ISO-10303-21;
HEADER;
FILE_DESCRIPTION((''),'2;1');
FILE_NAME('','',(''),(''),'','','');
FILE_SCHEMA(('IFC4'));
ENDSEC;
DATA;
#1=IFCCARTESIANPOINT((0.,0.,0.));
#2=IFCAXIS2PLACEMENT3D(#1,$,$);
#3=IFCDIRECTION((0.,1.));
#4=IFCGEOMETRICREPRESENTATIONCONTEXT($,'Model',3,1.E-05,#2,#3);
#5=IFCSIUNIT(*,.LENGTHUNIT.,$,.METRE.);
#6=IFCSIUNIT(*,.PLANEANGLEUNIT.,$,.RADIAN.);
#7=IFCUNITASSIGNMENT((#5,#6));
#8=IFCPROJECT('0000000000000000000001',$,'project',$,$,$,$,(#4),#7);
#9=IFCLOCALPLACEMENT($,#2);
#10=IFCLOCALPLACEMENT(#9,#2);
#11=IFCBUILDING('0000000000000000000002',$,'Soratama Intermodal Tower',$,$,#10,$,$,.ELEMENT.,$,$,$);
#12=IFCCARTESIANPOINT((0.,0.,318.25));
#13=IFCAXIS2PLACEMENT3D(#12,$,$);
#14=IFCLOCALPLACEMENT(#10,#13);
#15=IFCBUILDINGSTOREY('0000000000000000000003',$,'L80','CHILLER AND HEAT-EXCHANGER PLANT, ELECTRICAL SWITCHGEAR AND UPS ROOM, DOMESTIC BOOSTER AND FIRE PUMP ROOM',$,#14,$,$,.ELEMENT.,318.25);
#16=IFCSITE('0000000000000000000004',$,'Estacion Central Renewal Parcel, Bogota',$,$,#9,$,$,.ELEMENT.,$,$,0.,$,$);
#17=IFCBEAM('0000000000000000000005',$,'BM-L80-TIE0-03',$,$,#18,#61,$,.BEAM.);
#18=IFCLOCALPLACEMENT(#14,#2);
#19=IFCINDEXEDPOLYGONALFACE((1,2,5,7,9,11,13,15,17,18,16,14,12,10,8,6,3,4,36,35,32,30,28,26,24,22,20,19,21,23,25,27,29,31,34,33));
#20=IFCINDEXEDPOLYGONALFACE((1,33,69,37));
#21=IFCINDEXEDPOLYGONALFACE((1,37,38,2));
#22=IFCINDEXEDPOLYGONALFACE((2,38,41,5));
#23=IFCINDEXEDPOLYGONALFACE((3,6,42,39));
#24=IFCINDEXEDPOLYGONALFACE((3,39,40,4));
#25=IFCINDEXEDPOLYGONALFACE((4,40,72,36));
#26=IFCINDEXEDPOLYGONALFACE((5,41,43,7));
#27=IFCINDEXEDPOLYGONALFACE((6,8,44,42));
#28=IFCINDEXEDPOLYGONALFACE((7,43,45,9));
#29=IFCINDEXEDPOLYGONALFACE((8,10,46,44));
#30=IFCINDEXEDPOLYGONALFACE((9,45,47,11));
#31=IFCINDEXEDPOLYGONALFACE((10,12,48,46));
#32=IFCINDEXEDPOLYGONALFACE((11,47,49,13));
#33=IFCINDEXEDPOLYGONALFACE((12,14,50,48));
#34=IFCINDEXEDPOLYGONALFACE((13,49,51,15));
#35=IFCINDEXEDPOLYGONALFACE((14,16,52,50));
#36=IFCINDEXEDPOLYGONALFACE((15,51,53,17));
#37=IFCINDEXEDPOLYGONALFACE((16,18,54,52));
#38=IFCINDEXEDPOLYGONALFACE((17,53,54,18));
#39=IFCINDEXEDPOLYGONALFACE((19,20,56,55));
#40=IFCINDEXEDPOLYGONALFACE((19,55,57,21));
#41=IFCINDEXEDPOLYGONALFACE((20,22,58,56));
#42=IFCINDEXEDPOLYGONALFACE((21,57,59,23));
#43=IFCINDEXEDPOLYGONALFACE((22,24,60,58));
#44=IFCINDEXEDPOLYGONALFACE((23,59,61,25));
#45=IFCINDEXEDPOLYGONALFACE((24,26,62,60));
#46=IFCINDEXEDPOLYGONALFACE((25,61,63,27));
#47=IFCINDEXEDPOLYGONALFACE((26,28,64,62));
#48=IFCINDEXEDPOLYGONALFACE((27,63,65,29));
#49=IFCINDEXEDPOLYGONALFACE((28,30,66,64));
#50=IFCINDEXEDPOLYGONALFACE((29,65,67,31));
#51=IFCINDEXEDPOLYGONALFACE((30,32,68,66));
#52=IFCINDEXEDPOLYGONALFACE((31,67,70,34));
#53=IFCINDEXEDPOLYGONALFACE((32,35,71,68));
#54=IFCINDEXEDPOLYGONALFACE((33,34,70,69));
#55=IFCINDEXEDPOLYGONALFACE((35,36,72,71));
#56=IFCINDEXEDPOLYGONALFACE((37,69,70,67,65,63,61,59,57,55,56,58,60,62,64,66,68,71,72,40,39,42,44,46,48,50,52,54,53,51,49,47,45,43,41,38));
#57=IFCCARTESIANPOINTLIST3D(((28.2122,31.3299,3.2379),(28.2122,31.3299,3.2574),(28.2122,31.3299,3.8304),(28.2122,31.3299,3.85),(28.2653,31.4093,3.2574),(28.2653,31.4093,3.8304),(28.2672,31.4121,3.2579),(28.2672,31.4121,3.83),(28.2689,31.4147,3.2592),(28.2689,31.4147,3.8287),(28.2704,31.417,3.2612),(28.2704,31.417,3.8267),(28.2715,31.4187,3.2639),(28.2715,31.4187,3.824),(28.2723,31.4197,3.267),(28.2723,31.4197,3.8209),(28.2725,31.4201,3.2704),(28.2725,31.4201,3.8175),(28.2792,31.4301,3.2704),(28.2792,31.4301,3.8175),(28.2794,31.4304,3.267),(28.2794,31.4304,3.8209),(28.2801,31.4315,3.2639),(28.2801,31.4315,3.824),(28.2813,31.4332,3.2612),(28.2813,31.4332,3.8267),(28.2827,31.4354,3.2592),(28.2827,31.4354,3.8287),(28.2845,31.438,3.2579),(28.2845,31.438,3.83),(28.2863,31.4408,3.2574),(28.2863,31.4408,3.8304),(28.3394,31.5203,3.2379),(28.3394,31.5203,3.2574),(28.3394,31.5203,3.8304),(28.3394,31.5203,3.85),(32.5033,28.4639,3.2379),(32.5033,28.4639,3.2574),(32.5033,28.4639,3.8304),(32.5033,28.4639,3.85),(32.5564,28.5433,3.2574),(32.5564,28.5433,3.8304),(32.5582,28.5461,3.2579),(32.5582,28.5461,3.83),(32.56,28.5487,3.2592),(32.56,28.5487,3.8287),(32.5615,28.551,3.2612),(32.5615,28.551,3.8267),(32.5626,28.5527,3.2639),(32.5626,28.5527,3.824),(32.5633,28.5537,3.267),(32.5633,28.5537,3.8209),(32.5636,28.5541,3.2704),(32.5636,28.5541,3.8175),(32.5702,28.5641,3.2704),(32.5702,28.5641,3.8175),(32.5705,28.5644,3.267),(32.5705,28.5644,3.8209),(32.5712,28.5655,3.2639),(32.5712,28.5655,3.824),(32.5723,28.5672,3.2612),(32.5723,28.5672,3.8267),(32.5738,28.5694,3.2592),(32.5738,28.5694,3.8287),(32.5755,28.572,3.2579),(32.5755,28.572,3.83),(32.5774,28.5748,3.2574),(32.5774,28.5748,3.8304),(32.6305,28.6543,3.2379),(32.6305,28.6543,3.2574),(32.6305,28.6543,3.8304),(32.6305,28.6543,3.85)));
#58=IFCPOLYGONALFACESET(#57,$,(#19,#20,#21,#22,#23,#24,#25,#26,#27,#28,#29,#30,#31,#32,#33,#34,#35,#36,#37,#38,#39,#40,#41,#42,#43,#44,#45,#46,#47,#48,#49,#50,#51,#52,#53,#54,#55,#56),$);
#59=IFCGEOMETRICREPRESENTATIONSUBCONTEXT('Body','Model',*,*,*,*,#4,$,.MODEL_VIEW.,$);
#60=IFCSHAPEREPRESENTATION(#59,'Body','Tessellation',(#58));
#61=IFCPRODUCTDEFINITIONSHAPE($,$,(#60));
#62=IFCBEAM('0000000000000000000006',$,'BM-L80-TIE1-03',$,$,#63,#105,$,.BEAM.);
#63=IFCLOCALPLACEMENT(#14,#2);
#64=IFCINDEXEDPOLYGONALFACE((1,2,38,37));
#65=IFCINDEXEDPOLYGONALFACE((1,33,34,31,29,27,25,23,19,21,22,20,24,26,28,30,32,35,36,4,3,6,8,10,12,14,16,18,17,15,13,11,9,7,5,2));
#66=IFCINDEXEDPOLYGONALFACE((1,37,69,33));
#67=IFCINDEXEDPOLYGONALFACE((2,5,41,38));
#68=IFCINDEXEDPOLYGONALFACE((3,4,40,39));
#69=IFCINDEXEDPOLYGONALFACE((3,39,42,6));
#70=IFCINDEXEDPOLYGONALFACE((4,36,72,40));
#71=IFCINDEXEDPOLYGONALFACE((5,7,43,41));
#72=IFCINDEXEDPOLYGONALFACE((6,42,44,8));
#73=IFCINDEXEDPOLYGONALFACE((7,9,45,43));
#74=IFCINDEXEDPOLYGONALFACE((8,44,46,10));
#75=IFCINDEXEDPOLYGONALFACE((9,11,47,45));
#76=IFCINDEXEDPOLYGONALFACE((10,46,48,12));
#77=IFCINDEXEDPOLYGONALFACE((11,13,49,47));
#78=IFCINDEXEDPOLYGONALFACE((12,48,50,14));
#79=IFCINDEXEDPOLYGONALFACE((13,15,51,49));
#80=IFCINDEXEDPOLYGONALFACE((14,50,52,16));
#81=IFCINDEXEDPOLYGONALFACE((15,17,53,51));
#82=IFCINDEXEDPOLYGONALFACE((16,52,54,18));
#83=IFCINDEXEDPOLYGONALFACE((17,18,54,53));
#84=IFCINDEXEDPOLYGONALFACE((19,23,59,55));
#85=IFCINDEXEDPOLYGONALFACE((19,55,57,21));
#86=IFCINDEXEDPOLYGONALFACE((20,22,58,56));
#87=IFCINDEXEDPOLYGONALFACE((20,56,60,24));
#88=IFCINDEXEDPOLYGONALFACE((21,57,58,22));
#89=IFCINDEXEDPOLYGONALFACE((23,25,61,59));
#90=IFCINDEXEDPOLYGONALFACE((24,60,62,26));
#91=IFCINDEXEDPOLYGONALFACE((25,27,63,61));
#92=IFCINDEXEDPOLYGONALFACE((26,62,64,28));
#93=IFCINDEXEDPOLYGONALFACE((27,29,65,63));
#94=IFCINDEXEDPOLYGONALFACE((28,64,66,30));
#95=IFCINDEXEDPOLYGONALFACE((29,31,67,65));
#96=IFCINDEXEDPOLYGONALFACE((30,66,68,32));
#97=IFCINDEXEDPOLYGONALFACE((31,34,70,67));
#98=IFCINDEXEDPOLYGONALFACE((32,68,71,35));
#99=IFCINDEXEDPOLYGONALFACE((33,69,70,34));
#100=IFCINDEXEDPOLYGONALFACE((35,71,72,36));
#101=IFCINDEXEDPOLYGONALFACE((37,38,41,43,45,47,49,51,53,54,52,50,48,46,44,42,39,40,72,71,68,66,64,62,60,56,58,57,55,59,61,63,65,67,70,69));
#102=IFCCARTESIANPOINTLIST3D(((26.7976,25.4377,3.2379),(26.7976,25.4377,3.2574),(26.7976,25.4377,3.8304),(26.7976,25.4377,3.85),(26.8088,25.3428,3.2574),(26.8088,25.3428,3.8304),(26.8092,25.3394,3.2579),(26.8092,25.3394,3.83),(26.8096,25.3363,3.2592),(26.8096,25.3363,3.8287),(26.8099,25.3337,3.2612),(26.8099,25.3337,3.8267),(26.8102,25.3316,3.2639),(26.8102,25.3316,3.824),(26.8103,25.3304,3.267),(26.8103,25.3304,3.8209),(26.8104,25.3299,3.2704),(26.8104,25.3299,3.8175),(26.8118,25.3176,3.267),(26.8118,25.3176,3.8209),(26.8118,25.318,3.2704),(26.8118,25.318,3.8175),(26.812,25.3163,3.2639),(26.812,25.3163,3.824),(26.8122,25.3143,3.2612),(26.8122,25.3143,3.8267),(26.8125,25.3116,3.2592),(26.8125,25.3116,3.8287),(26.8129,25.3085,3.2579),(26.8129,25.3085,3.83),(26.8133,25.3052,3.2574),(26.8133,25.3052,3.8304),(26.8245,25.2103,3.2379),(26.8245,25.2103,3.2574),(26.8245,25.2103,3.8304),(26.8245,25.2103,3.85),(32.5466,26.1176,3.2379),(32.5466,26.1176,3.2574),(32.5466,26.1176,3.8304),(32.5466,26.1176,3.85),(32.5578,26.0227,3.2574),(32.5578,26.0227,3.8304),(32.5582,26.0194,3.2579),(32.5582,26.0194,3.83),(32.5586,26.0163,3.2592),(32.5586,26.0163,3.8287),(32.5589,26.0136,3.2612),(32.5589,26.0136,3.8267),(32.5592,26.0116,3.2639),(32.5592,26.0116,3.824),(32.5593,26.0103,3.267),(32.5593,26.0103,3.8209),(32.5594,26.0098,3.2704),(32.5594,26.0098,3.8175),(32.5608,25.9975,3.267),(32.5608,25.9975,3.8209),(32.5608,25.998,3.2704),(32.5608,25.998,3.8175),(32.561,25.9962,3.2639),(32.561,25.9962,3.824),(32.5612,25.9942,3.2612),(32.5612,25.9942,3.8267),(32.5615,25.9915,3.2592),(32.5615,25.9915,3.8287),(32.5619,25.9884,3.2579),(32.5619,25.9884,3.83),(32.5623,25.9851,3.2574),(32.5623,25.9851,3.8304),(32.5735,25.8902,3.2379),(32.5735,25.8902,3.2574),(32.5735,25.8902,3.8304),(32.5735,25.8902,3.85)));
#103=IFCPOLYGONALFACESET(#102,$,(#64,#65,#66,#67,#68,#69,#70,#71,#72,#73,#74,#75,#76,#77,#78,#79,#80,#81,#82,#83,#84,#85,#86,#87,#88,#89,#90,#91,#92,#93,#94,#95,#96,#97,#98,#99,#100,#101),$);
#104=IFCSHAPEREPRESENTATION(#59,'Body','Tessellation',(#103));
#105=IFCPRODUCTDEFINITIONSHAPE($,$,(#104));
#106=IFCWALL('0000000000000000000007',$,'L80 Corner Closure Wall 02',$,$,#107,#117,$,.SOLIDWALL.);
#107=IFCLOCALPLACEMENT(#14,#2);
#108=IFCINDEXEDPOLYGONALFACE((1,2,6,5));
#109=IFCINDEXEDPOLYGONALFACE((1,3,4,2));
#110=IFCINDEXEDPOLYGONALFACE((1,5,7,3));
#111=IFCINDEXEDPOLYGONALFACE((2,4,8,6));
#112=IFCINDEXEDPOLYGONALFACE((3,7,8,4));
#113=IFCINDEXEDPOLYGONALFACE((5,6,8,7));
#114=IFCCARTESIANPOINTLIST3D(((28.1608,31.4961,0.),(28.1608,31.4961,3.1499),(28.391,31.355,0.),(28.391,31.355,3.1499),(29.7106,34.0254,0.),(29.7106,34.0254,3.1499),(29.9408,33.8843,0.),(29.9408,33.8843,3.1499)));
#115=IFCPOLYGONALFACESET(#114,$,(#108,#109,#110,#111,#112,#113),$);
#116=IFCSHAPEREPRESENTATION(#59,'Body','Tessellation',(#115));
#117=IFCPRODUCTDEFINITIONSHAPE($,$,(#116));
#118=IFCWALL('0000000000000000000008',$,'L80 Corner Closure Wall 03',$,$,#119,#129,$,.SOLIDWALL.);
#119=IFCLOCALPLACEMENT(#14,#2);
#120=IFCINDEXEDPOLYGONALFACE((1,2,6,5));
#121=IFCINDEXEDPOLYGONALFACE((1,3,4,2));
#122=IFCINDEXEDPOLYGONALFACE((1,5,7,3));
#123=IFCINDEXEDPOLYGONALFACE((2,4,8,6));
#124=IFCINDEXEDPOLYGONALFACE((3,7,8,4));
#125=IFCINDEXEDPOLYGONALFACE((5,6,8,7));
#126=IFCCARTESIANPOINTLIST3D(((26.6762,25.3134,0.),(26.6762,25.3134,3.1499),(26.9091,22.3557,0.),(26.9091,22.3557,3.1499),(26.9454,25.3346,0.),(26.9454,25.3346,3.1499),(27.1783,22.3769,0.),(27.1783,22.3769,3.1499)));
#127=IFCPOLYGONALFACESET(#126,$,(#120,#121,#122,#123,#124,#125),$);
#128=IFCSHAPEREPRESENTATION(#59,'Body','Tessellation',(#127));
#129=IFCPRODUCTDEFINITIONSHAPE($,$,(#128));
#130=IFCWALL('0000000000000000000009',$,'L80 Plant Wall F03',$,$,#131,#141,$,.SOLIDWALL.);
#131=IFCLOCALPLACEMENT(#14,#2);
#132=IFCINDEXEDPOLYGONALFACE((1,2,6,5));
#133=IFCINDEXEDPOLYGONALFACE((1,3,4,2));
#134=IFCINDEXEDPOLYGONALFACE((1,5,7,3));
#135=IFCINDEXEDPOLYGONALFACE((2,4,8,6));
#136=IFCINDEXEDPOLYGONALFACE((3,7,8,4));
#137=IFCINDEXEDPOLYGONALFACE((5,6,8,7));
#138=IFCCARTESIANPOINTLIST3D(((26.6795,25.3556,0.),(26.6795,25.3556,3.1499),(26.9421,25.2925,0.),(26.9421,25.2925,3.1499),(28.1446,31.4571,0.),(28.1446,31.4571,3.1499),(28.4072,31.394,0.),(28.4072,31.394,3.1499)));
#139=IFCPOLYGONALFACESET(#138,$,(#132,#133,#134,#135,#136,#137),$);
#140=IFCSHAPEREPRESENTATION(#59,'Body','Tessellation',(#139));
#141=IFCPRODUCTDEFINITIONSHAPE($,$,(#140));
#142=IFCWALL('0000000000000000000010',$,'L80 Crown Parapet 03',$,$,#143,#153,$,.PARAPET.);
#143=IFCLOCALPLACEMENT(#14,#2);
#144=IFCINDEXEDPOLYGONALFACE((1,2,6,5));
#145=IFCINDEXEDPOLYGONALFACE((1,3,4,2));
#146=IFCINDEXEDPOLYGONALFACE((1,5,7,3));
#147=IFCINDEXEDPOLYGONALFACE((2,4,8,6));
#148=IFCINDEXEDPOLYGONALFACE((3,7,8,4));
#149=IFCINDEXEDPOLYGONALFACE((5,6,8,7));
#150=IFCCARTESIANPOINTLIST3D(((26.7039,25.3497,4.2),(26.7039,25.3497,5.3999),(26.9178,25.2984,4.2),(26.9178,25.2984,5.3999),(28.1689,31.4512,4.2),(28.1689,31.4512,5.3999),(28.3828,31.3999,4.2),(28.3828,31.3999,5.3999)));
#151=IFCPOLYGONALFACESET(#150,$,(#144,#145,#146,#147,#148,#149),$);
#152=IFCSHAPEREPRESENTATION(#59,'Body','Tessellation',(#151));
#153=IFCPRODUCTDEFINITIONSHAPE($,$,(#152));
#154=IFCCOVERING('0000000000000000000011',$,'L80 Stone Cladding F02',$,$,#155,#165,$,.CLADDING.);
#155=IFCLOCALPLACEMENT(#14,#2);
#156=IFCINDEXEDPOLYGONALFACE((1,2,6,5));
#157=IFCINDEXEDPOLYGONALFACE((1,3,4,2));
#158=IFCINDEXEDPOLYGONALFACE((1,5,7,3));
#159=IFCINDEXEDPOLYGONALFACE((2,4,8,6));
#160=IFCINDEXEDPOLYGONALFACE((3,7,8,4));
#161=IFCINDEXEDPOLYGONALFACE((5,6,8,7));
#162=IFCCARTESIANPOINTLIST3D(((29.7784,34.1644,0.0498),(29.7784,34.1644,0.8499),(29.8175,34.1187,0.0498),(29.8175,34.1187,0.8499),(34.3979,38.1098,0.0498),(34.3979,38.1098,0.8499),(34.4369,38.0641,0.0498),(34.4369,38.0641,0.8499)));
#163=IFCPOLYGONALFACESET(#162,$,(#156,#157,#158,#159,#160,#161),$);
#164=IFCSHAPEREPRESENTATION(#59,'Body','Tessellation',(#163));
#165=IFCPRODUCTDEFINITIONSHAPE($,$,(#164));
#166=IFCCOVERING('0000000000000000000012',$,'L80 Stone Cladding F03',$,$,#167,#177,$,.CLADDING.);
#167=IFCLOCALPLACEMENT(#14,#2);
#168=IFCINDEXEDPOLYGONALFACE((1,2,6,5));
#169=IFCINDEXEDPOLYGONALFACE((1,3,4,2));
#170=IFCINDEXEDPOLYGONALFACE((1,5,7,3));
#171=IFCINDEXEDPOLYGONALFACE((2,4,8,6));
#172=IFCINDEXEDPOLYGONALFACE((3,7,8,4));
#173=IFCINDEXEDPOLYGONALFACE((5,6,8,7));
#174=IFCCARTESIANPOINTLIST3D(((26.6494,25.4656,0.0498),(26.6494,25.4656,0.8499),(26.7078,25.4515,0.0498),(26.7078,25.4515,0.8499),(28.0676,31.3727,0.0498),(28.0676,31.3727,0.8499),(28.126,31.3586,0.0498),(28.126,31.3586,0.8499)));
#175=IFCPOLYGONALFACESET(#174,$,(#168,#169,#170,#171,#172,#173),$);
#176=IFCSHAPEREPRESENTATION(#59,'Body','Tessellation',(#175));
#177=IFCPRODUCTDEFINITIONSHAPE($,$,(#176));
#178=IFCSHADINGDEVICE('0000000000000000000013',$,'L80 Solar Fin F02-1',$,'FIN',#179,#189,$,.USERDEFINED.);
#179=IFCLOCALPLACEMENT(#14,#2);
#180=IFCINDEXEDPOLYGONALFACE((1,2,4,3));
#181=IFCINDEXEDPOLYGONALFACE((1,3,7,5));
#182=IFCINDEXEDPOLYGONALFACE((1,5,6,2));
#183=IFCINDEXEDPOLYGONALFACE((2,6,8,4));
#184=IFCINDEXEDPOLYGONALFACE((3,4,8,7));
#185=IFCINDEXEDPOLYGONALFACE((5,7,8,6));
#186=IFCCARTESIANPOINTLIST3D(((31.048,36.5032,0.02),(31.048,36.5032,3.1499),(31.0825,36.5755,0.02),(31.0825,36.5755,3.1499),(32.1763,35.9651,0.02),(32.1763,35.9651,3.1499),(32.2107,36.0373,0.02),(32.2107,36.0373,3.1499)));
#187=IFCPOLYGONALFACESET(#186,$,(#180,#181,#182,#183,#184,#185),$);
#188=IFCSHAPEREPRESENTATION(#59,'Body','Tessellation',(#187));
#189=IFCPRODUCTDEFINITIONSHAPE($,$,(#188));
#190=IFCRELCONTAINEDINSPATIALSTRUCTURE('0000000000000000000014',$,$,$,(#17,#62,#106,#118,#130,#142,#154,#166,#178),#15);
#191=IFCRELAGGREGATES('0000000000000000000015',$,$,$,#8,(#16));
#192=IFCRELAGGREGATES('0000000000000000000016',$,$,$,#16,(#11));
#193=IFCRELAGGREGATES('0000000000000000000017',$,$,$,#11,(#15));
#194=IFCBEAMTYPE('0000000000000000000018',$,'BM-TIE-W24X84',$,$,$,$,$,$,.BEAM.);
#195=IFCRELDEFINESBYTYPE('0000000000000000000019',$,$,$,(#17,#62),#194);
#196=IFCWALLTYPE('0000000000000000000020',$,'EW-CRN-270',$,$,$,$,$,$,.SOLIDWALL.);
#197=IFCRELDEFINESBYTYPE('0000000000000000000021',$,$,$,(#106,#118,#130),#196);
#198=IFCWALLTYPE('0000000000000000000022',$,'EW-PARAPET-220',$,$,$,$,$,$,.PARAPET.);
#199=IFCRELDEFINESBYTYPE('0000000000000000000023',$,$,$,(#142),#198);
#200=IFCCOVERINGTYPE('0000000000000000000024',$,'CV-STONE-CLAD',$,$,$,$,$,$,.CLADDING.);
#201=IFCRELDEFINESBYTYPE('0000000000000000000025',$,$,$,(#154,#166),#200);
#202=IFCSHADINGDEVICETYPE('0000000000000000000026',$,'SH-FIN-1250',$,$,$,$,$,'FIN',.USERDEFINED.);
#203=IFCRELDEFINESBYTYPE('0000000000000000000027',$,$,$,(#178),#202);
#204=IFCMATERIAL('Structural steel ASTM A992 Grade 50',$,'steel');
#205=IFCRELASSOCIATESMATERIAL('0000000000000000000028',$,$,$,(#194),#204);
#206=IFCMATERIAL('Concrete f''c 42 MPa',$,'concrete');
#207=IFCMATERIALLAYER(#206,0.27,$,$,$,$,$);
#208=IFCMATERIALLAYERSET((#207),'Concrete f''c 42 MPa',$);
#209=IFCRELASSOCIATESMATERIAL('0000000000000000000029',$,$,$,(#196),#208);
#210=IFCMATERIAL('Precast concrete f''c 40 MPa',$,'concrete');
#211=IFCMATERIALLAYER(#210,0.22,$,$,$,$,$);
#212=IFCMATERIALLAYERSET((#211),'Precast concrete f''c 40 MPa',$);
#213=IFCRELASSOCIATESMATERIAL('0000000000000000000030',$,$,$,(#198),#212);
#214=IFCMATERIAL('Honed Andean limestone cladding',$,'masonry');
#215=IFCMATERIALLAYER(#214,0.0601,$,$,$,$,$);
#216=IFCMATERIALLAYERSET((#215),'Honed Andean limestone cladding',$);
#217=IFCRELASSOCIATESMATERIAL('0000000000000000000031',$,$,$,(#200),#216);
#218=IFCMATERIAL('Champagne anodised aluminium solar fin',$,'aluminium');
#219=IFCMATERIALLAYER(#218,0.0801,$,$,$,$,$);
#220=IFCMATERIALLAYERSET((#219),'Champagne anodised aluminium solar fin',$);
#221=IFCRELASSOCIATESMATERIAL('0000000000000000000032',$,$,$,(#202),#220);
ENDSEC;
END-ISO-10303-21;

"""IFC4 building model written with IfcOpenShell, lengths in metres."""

from ifc_helpers import new_model, si_unit, direction, frame, frame_2d, origin, origin_2d, place, context, subcontext, project, spatial, rectangle, i_section, extrude, material, layer, layer_set, material_profile, profile_set, type_object, element, save


model = new_model("IFC4")

# Units and contexts
model_context = context("Model", 3, precision=1e-05, world=origin(), true_north=direction((0.0, 1.0)))
body_context = subcontext(model_context, "Body", "Model", "MODEL_VIEW")
ifc_project = project(units=[si_unit("LENGTHUNIT", "METRE"), si_unit("PLANEANGLEUNIT", "RADIAN")], contexts=[model_context])

# Site, building, storey
site_placement = place(None, origin())
site = spatial("IfcSite", under=ifc_project, at=site_placement, Name="Estacion Central Renewal Parcel, Bogota", CompositionType="ELEMENT", RefElevation=0.0)
building_placement = place(site_placement, origin())
building = spatial("IfcBuilding", under=site, at=building_placement, Name="Soratama Intermodal Tower", CompositionType="ELEMENT")
storey_placement = place(building_placement, frame((0.0, 0.0, 318.25)))
storey = spatial("IfcBuildingStorey", under=building, at=storey_placement, Name="L80", Description="CHILLER AND HEAT-EXCHANGER PLANT, ELECTRICAL SWITCHGEAR AND UPS ROOM, DOMESTIC BOOSTER AND FIRE PUMP ROOM", CompositionType="ELEMENT", Elevation=318.25)

# Beams
ifc_material_1 = material(Name="Structural steel ASTM A992 Grade 50", Category="steel")
ifc_material_profile_1 = material_profile(ifc_material_1, i_section(OverallWidth=0.229, OverallDepth=0.6121, WebThickness=0.012, FlangeThickness=0.0195, FilletRadius=0.0129, at=origin_2d()), Name="W24X84")
ifc_profile_set_1 = profile_set([ifc_material_profile_1], Name="Structural steel ASTM A992 Grade 50")
beam_type_1 = type_object("IfcBeamType", Name="BM-TIE-W24X84", PredefinedType="BEAM", material=ifc_profile_set_1)
beam_1_placement = place(storey_placement, frame((32.5669, 28.5591, 3.5439), z_axis=(-0.831577, 0.55541, 0.0), x_axis=(-0.55541, -0.831577, 0.0)))
element("IfcBeam", 1, at=beam_1_placement, inside=storey, type_object=beam_type_1, Name="BM-L80-TIE0-03", PredefinedType="BEAM", context=body_context, shape_type="SweptSolid", body=[
    extrude(i_section(OverallWidth=0.229, OverallDepth=0.6121, WebThickness=0.012, FlangeThickness=0.0195, FilletRadius=0.0129, at=origin_2d()), origin(), (0.0, 0.0, 1.0), 5.1602),
])
beam_2_placement = place(storey_placement, frame((32.5601, 26.0039, 3.5439), z_axis=(-0.993079, -0.11745, 0.0), x_axis=(0.11745, -0.993079, 0.0)))
element("IfcBeam", 2, at=beam_2_placement, inside=storey, type_object=beam_type_1, Name="BM-L80-TIE1-03", PredefinedType="BEAM", context=body_context, shape_type="SweptSolid", body=[
    extrude(i_section(OverallWidth=0.229, OverallDepth=0.6121, WebThickness=0.012, FlangeThickness=0.0195, FilletRadius=0.0129, at=origin_2d()), origin(), (0.0, 0.0, 1.0), 5.7891),
])

# Walls
ifc_material_2 = material(Name="Concrete f'c 42 MPa", Category="concrete")
ifc_layer_1 = layer(ifc_material_2, 0.27)
ifc_layer_set_1 = layer_set([ifc_layer_1], Name="Concrete f'c 42 MPa")
wall_type_1 = type_object("IfcWallType", Name="EW-CRN-270", PredefinedType="SOLIDWALL", material=ifc_layer_set_1)
wall_1_placement = place(storey_placement, frame((29.8257, 33.9548, 0.0), z_axis=(0.0, 0.0, 1.0), x_axis=(-0.522462, -0.852663, 0.0)))
element("IfcWall", 3, at=wall_1_placement, inside=storey, type_object=wall_type_1, Name="L80 Corner Closure Wall 02", PredefinedType="SOLIDWALL", context=body_context, shape_type="SweptSolid", body=[
    extrude(rectangle(XDim=2.9663, YDim=0.27, at=frame_2d((1.4832, 0.0))), origin(), (0.0, 0.0, 1.0), 3.1499),
])
wall_2_placement = place(storey_placement, frame((26.8108, 25.324, 0.0), z_axis=(0.0, 0.0, 1.0), x_axis=(0.078509, -0.996913, 0.0)))
element("IfcWall", 4, at=wall_2_placement, inside=storey, type_object=wall_type_1, Name="L80 Corner Closure Wall 03", PredefinedType="SOLIDWALL", context=body_context, shape_type="SweptSolid", body=[
    extrude(rectangle(XDim=2.9668, YDim=0.27, at=frame_2d((1.4834, 0.0))), origin(), (0.0, 0.0, 1.0), 3.1499),
])
wall_3_placement = place(storey_placement, frame((28.2759, 31.4255, 0.0), z_axis=(0.0, 0.0, 1.0), x_axis=(-0.23348, -0.972362, 0.0)))
element("IfcWall", 5, at=wall_3_placement, inside=storey, type_object=wall_type_1, Name="L80 Plant Wall F03", PredefinedType="SOLIDWALL", context=body_context, shape_type="SweptSolid", body=[
    extrude(rectangle(XDim=6.2749, YDim=0.27, at=frame_2d((3.1375, 0.0))), origin(), (0.0, 0.0, 1.0), 3.1499),
])
ifc_material_3 = material(Name="Precast concrete f'c 40 MPa", Category="concrete")
ifc_layer_2 = layer(ifc_material_3, 0.22)
ifc_layer_set_2 = layer_set([ifc_layer_2], Name="Precast concrete f'c 40 MPa")
wall_type_2 = type_object("IfcWallType", Name="EW-PARAPET-220", PredefinedType="PARAPET", material=ifc_layer_set_2)
wall_4_placement = place(storey_placement, frame((28.2759, 31.4255, 4.2), z_axis=(0.0, 0.0, 1.0), x_axis=(-0.23348, -0.972362, 0.0)))
element("IfcWall", 6, at=wall_4_placement, inside=storey, type_object=wall_type_2, Name="L80 Crown Parapet 03", PredefinedType="PARAPET", context=body_context, shape_type="SweptSolid", body=[
    extrude(rectangle(XDim=6.2749, YDim=0.22, at=frame_2d((3.1375, 0.0))), origin(), (0.0, 0.0, 1.0), 1.2),
])

# Coverings
ifc_material_4 = material(Name="Honed Andean limestone cladding", Category="masonry")
ifc_layer_3 = layer(ifc_material_4, 0.0601)
ifc_layer_set_3 = layer_set([ifc_layer_3], Name="Honed Andean limestone cladding")
covering_type = type_object("IfcCoveringType", Name="CV-STONE-CLAD", PredefinedType="CLADDING", material=ifc_layer_set_3)
for number, where, z_axis, x_axis, name in (
    (7, (32.1077, 36.1143, 0.0498), (0.0, 0.0, 1.0), (-0.760406, -0.649448, 0.0), "L80 Stone Cladding F02"),
    (8, (27.3877, 28.4121, 0.0498), (0.0, 0.0, 1.0), (-0.233445, -0.97237, 0.0), "L80 Stone Cladding F03"),
):
    element("IfcCovering", number, at=place(storey_placement, frame(where, z_axis=z_axis, x_axis=x_axis)), inside=storey, type_object=covering_type, Name=name, PredefinedType="CLADDING", context=body_context, shape_type="SweptSolid", body=[
        extrude(rectangle(XDim=6.075, YDim=0.0601, at=origin_2d()), origin(), (0.0, 0.0, 1.0), 0.8),
    ])

# Shading device
ifc_material_5 = material(Name="Champagne anodised aluminium solar fin", Category="aluminium")
ifc_layer_4 = layer(ifc_material_5, 0.0801)
ifc_layer_set_4 = layer_set([ifc_layer_4], Name="Champagne anodised aluminium solar fin")
shading_device_type_1 = type_object("IfcShadingDeviceType", Name="SH-FIN-1250", ElementType="FIN", PredefinedType="USERDEFINED", material=ifc_layer_set_4)
for number, where, z_axis, x_axis, name in (
    (9, (31.6294, 36.2703, 0.02), (0.0, 0.0, 1.0), (-0.902585, 0.430511, 0.0), "L80 Solar Fin F02-1"),
):
    element("IfcShadingDevice", number, at=place(storey_placement, frame(where, z_axis=z_axis, x_axis=x_axis)), inside=storey, type_object=shading_device_type_1, Name=name, ObjectType="FIN", PredefinedType="USERDEFINED", context=body_context, shape_type="SweptSolid", body=[
        extrude(rectangle(XDim=1.25, YDim=0.0801, at=origin_2d()), origin(), (0.0, 0.0, 1.0), 3.1299),
    ])

save(model, "model.ifc")
